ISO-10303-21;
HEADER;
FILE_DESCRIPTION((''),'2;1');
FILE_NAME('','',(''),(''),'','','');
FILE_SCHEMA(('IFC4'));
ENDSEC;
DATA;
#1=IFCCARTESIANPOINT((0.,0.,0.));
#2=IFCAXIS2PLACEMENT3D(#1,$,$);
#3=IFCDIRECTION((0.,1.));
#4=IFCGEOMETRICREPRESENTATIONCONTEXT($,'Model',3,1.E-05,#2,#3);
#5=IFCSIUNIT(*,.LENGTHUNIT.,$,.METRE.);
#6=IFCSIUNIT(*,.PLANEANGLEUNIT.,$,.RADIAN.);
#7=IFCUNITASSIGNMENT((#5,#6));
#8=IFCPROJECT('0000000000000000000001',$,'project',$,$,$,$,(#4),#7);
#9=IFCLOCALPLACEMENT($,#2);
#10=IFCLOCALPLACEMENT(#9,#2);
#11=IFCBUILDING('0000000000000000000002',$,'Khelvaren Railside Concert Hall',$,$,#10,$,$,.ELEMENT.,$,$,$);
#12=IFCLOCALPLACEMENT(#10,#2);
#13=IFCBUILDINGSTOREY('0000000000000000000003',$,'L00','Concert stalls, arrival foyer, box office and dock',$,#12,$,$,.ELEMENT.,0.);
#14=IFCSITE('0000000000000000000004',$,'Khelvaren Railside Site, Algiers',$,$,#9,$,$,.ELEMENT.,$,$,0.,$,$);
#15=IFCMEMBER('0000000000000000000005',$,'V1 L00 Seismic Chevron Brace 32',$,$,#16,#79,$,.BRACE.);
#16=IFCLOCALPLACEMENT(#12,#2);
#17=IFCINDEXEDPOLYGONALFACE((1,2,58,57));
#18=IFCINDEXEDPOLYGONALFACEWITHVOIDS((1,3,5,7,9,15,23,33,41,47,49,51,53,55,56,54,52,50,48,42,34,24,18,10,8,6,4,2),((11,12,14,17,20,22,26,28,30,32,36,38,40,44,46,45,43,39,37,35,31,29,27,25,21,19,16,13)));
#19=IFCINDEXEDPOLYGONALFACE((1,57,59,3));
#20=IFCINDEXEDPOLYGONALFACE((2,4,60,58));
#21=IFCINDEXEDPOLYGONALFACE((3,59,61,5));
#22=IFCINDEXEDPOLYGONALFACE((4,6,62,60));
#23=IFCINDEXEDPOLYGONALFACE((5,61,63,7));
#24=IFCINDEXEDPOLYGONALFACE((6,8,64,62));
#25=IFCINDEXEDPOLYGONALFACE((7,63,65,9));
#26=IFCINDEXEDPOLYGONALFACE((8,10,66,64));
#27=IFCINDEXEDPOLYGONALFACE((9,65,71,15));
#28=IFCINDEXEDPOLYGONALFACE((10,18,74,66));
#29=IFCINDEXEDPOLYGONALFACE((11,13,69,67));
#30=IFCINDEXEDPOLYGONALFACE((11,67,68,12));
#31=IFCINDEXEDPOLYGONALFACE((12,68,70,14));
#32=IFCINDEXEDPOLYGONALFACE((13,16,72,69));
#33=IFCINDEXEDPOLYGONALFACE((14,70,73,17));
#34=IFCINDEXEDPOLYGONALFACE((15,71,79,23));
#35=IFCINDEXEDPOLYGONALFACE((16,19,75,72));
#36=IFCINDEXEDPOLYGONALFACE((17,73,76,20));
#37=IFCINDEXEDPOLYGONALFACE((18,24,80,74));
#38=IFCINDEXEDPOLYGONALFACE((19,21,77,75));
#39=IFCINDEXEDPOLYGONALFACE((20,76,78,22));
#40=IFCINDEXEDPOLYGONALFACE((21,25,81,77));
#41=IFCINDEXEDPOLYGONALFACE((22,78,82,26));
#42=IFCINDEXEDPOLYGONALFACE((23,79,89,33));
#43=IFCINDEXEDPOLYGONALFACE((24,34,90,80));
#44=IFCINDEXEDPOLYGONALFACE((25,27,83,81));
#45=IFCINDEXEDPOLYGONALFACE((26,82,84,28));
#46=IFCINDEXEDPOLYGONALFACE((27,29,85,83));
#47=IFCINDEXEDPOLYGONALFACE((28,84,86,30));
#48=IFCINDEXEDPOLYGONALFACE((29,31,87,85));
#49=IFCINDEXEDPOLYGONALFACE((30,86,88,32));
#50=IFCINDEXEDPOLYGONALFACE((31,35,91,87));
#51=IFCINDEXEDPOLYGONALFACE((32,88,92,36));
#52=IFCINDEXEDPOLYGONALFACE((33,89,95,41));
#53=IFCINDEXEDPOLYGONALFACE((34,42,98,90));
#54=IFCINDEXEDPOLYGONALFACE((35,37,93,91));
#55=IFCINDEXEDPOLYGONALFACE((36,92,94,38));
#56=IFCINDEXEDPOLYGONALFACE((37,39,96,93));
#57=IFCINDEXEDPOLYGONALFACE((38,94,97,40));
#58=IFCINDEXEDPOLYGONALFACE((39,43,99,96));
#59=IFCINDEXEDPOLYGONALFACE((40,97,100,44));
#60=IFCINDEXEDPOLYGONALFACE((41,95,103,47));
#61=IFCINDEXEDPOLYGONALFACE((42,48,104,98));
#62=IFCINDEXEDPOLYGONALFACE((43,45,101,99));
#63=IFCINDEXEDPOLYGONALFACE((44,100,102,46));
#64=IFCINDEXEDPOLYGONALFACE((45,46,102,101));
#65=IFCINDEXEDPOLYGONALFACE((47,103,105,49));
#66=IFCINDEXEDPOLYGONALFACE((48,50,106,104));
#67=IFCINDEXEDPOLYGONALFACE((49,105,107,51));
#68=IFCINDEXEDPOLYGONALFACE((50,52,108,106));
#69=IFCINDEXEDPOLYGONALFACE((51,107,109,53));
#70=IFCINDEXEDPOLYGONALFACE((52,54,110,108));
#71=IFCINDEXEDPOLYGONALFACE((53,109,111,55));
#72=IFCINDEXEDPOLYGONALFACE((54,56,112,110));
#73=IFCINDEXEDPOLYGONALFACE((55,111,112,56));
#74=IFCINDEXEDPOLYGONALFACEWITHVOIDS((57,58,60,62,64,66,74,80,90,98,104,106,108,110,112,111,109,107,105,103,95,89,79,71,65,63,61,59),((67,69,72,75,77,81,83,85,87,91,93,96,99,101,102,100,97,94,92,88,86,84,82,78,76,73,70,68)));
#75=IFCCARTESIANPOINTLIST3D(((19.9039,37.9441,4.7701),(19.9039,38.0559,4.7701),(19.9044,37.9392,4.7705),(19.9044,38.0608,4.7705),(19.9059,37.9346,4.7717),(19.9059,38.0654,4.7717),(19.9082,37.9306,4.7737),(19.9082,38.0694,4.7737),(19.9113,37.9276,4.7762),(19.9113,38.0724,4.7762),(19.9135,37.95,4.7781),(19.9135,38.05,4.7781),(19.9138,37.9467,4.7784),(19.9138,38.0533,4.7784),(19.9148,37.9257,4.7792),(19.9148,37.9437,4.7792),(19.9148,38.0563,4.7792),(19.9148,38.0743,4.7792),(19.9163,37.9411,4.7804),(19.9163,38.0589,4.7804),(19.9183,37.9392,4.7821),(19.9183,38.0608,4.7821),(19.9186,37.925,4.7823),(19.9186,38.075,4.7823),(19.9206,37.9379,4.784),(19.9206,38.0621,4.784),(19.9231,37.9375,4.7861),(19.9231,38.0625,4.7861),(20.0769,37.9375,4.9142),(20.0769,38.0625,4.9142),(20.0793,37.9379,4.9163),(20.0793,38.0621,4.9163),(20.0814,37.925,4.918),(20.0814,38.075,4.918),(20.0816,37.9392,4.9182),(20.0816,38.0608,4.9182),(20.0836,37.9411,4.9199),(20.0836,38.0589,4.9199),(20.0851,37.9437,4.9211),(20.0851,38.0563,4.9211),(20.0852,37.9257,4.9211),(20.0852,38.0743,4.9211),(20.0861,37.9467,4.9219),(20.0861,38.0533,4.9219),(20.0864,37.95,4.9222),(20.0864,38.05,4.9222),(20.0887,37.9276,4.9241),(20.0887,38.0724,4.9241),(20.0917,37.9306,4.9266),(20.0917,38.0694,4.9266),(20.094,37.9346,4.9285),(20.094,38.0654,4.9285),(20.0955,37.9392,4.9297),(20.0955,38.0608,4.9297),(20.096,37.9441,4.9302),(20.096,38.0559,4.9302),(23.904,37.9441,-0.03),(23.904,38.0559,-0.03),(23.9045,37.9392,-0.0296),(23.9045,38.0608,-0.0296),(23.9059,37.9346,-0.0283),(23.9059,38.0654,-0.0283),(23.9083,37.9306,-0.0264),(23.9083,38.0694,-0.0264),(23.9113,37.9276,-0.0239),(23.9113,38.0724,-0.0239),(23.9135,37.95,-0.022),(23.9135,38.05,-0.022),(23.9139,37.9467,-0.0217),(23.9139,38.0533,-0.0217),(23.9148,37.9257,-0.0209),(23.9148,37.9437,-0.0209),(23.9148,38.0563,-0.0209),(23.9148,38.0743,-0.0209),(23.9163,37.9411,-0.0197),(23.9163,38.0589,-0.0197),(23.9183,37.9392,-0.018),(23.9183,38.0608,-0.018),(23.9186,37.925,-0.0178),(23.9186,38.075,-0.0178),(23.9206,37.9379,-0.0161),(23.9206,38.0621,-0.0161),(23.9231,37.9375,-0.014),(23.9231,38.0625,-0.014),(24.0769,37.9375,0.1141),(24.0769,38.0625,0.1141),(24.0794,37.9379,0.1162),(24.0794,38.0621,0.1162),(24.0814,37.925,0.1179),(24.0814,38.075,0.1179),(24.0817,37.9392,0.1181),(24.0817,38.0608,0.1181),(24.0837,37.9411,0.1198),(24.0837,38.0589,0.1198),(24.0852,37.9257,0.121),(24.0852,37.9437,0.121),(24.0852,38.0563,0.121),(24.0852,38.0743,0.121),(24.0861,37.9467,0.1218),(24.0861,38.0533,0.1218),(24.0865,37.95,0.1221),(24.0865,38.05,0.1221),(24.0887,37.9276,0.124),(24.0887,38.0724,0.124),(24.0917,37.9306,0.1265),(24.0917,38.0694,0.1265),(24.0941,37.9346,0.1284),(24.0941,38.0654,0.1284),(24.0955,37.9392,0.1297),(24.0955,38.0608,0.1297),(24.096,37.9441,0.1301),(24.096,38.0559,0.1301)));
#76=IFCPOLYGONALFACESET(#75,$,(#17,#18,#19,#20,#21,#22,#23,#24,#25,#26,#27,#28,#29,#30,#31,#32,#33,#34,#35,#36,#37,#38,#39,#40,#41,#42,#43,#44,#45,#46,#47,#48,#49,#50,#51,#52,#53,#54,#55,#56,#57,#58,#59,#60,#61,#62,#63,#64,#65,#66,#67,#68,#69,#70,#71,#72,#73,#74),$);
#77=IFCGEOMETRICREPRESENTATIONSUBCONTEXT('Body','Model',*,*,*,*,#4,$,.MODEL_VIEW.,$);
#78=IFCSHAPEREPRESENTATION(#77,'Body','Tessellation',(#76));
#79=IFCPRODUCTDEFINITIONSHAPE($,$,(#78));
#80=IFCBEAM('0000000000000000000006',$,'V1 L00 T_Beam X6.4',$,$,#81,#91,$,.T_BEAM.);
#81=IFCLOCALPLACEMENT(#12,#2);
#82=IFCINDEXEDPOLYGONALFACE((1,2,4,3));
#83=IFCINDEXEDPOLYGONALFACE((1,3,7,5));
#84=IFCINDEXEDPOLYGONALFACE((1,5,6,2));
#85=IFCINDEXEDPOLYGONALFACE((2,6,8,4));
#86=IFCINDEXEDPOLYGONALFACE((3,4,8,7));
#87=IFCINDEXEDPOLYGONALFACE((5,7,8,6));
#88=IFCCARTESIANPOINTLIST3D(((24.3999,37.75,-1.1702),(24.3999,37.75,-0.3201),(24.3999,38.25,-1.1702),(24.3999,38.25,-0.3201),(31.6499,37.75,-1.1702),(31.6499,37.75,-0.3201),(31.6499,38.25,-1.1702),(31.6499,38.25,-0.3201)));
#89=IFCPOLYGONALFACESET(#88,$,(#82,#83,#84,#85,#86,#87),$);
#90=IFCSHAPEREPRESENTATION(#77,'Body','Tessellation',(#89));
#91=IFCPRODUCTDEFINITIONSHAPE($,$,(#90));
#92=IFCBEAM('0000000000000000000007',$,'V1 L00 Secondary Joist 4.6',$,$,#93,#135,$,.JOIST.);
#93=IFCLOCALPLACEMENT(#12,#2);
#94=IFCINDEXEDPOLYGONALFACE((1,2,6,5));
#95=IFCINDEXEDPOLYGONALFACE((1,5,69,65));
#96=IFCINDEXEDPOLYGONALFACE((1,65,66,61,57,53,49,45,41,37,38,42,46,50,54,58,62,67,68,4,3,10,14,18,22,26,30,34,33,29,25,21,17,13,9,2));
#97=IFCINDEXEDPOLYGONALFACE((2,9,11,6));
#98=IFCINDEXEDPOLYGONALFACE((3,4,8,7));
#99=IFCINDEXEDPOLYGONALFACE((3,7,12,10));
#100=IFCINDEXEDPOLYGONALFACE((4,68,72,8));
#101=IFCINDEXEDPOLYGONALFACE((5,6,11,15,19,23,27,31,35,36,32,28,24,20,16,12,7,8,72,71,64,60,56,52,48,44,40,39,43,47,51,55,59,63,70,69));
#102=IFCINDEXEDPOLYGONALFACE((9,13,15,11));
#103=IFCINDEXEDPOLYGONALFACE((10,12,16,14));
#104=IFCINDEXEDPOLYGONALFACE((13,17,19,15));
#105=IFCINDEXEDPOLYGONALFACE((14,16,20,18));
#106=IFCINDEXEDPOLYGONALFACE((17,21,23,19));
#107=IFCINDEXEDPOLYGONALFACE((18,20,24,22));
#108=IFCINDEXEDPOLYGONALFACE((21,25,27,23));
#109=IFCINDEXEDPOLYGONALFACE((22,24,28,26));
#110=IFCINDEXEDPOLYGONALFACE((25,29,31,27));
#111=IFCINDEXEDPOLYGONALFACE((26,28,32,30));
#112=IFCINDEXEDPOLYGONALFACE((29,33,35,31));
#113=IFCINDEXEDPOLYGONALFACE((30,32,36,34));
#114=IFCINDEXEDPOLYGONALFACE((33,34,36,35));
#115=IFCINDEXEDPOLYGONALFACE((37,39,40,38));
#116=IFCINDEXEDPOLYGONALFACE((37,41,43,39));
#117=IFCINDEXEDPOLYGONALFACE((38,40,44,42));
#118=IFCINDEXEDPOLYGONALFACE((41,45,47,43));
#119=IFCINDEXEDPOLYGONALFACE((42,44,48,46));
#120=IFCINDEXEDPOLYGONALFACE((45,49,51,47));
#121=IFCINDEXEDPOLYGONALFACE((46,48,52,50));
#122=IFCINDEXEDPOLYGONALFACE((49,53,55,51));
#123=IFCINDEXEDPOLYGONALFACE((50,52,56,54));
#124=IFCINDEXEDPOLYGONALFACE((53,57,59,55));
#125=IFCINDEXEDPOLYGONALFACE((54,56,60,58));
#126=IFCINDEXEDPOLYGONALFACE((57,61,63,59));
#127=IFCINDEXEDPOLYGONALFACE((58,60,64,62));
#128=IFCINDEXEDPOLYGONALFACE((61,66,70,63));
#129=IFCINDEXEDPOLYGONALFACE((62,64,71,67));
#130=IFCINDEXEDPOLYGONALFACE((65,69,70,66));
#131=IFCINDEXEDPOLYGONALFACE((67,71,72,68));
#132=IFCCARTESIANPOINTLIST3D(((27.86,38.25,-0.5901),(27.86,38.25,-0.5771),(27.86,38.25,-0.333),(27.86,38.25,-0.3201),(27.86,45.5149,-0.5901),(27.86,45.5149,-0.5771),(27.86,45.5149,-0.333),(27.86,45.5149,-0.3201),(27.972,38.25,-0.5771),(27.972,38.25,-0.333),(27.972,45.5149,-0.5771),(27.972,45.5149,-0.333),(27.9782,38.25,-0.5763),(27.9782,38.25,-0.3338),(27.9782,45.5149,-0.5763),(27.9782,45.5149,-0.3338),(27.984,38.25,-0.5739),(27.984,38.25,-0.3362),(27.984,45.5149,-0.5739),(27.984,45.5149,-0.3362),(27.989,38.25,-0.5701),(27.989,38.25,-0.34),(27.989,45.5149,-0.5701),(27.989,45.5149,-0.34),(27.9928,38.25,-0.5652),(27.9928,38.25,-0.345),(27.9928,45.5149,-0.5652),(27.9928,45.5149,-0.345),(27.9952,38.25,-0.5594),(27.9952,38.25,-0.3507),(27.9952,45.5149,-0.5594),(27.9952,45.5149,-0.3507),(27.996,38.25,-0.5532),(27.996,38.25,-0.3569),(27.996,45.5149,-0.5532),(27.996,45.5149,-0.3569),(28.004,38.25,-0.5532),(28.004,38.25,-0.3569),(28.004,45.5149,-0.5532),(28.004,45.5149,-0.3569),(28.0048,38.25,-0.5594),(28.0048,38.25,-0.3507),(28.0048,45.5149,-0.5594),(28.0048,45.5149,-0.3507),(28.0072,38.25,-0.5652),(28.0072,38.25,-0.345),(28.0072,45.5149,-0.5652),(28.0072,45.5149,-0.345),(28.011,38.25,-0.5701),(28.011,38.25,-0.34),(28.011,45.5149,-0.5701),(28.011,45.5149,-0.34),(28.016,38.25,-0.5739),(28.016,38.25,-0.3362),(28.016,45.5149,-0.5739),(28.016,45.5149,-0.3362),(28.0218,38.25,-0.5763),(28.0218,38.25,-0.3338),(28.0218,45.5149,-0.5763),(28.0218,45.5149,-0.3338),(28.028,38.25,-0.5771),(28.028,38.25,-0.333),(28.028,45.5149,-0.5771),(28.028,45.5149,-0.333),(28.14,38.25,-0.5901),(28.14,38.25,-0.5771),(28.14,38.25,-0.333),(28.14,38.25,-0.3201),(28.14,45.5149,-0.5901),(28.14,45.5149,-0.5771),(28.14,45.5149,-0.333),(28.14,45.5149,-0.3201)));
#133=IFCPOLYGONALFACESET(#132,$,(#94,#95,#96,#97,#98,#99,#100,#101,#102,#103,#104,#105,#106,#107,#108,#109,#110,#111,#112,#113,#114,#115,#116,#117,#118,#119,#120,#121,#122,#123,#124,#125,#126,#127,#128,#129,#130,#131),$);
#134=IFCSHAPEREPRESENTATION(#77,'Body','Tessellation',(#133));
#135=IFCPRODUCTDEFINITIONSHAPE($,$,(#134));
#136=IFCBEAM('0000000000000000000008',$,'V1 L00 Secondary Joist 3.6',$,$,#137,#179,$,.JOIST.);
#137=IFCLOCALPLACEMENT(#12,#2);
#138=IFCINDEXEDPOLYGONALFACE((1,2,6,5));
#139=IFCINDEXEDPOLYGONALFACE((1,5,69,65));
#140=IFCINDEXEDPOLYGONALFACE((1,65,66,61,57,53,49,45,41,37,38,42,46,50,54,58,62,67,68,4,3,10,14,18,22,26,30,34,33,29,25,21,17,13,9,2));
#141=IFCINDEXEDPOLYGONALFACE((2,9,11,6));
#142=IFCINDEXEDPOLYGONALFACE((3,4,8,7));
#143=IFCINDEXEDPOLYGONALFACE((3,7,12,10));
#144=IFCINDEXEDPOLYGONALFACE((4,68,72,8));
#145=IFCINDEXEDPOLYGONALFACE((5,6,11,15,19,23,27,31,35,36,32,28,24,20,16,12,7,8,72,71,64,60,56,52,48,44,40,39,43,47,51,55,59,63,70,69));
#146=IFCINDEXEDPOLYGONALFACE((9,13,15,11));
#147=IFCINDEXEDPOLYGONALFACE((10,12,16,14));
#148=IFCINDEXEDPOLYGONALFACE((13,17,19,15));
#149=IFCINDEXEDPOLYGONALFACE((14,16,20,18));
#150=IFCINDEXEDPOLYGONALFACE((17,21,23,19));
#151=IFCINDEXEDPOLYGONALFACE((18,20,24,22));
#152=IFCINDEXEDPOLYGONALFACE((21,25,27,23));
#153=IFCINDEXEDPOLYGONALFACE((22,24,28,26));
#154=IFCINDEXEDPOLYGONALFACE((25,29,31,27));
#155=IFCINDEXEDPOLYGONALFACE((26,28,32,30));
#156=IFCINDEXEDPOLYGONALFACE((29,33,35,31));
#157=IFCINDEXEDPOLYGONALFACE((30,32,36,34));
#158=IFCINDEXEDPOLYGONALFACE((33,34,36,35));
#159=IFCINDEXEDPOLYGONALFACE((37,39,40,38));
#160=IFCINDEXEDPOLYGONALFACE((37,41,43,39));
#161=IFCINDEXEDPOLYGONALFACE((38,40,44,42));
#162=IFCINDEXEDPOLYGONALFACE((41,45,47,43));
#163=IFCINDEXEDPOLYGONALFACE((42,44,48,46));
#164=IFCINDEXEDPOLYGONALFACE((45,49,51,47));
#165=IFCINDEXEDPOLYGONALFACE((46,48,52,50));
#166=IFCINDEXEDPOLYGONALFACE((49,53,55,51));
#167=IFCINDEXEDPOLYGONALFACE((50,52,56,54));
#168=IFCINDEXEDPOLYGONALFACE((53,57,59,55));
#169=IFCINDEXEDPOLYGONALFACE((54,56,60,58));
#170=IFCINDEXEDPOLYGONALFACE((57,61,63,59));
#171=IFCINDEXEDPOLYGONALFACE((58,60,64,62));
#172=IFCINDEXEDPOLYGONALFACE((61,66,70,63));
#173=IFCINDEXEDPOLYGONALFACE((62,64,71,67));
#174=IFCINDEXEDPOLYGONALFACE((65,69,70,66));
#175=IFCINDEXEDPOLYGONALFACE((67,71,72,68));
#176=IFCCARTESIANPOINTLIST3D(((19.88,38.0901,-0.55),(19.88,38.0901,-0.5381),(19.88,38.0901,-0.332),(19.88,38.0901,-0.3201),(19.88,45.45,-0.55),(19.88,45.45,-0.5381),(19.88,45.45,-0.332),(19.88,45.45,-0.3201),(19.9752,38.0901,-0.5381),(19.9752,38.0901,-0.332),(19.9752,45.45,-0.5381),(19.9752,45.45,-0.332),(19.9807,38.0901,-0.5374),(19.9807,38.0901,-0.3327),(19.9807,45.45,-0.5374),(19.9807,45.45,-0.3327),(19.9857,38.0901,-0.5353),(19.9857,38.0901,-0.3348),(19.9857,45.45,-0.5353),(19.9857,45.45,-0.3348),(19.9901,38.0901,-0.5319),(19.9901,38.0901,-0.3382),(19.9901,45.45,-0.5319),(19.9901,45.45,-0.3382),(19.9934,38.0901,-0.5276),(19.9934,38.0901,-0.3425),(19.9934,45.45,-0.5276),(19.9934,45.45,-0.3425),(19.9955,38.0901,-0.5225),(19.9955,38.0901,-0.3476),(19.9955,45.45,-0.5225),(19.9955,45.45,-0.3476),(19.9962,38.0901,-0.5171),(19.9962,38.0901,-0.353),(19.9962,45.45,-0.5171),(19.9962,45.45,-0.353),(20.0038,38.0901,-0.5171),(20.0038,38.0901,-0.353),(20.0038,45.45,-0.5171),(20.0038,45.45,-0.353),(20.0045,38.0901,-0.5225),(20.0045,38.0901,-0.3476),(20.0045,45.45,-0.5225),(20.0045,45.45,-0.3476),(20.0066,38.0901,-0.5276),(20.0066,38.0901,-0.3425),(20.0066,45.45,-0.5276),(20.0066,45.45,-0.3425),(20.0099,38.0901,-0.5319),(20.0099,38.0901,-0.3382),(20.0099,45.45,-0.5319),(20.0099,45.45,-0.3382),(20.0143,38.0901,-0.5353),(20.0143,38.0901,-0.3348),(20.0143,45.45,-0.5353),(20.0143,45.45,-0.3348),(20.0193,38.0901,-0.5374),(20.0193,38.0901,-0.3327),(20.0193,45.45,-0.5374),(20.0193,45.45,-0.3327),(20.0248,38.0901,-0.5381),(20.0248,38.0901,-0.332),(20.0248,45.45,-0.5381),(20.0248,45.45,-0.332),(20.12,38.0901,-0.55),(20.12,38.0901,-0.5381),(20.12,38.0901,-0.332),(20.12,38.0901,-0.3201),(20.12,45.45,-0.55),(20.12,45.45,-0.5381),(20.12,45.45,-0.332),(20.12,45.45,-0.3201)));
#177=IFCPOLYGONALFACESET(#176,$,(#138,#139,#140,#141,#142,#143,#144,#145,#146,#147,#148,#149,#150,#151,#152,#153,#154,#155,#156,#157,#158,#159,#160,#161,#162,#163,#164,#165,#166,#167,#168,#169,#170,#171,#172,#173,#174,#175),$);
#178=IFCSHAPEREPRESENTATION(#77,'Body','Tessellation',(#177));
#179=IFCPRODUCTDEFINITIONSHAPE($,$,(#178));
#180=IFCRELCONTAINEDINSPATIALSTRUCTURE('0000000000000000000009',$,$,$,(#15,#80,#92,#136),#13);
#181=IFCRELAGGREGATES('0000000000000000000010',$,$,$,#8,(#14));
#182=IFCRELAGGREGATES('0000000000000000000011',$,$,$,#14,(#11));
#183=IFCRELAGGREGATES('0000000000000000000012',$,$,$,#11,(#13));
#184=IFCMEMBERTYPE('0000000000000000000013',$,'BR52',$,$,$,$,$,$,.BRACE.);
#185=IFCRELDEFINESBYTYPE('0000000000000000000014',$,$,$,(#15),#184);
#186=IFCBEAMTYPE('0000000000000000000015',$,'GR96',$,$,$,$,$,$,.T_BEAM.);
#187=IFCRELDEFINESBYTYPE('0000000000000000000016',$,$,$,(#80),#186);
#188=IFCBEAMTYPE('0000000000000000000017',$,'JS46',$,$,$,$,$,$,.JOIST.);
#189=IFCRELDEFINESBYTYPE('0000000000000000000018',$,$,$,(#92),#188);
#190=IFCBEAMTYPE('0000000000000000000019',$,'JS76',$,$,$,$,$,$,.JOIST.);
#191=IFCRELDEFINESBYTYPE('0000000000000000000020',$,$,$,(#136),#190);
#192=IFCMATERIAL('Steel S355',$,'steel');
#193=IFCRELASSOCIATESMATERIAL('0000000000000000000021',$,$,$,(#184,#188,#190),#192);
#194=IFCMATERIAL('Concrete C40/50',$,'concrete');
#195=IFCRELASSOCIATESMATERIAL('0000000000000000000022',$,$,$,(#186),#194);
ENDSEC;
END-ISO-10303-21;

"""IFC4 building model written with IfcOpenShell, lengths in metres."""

from ifc_helpers import new_model, si_unit, direction, frame, origin, origin_2d, place, context, subcontext, project, spatial, rectangle, hollow_rectangle, i_section, extrude, material, material_profile, profile_set, type_object, element, save


model = new_model("IFC4")

# Units and contexts
model_context = context("Model", 3, precision=1e-05, world=origin(), true_north=direction((0.0, 1.0)))
body_context = subcontext(model_context, "Body", "Model", "MODEL_VIEW")
ifc_project = project(units=[si_unit("LENGTHUNIT", "METRE"), si_unit("PLANEANGLEUNIT", "RADIAN")], contexts=[model_context])

# Site, building, storey
site_placement = place(None, origin())
site = spatial("IfcSite", under=ifc_project, at=site_placement, Name="Khelvaren Railside Site, Algiers", CompositionType="ELEMENT", RefElevation=0.0)
building_placement = place(site_placement, origin())
building = spatial("IfcBuilding", under=site, at=building_placement, Name="Khelvaren Railside Concert Hall", CompositionType="ELEMENT")
storey_placement = place(building_placement, origin())
storey = spatial("IfcBuildingStorey", under=building, at=storey_placement, Name="L00", Description="Concert stalls, arrival foyer, box office and dock", CompositionType="ELEMENT", Elevation=0.0)

# Shared definitions
ifc_material_1 = material(Name="Steel S355", Category="steel")

# Member
ifc_material_profile_1 = material_profile(ifc_material_1, hollow_rectangle(XDim=0.1499, YDim=0.25, WallThickness=0.0125, InnerFilletRadius=0.0125, OuterFilletRadius=0.019, at=origin_2d()), Name="RHS 250x150x12.5")
ifc_profile_set_1 = profile_set([ifc_material_profile_1], Name="Steel S355")
member_type = type_object("IfcMemberType", Name="BR52", PredefinedType="BRACE", material=ifc_profile_set_1)
member_placement = place(storey_placement, frame((24.0, 38.0, 0.05), z_axis=(-0.640181, 0.0, 0.768224), x_axis=(0.0, -1.0, 0.0)))
element("IfcMember", 1, at=member_placement, inside=storey, type_object=member_type, Name="V1 L00 Seismic Chevron Brace 32", PredefinedType="BRACE", context=body_context, shape_type="SweptSolid", body=[
    extrude(hollow_rectangle(XDim=0.1499, YDim=0.25, WallThickness=0.0125, InnerFilletRadius=0.0125, OuterFilletRadius=0.019, at=origin_2d()), origin(), (0.0, 0.0, 1.0), 6.2483),
])

# Beams
ifc_material_2 = material(Name="Concrete C40/50", Category="concrete")
ifc_material_profile_2 = material_profile(ifc_material_2, rectangle(XDim=0.5, YDim=0.8501, at=origin_2d()), Name="RCB 500x850")
ifc_profile_set_2 = profile_set([ifc_material_profile_2], Name="Concrete C40/50")
beam_type_1 = type_object("IfcBeamType", Name="GR96", PredefinedType="T_BEAM", material=ifc_profile_set_2)
beam_1_placement = place(storey_placement, frame((24.3999, 38.0, -0.7451), z_axis=(1.0, 0.0, 0.0), x_axis=(0.0, 1.0, 0.0)))
element("IfcBeam", 2, at=beam_1_placement, inside=storey, type_object=beam_type_1, Name="V1 L00 T_Beam X6.4", PredefinedType="T_BEAM", context=body_context, shape_type="SweptSolid", body=[
    extrude(rectangle(XDim=0.5, YDim=0.8501, at=origin_2d()), origin(), (0.0, 0.0, 1.0), 7.25),
])
ifc_material_profile_3 = material_profile(ifc_material_1, i_section(OverallWidth=0.28, OverallDepth=0.27, WebThickness=0.0081, FlangeThickness=0.0129, FilletRadius=0.0239, at=origin_2d()), Name="HEA 280")
ifc_profile_set_3 = profile_set([ifc_material_profile_3], Name="Steel S355")
beam_type_2 = type_object("IfcBeamType", Name="JS46", PredefinedType="JOIST", material=ifc_profile_set_3)
beam_2_placement = place(storey_placement, frame((28.0, 38.25, -0.4551), z_axis=(0.0, 1.0, 0.0), x_axis=(-1.0, 0.0, 0.0)))
element("IfcBeam", 3, at=beam_2_placement, inside=storey, type_object=beam_type_2, Name="V1 L00 Secondary Joist 4.6", PredefinedType="JOIST", context=body_context, shape_type="SweptSolid", body=[
    extrude(i_section(OverallWidth=0.28, OverallDepth=0.27, WebThickness=0.0081, FlangeThickness=0.0129, FilletRadius=0.0239, at=origin_2d()), origin(), (0.0, 0.0, 1.0), 7.2649),
])
ifc_material_profile_4 = material_profile(ifc_material_1, i_section(OverallWidth=0.24, OverallDepth=0.23, WebThickness=0.0076, FlangeThickness=0.012, FilletRadius=0.021, at=origin_2d()), Name="HEA 240")
ifc_profile_set_4 = profile_set([ifc_material_profile_4], Name="Steel S355")
beam_type_3 = type_object("IfcBeamType", Name="JS76", PredefinedType="JOIST", material=ifc_profile_set_4)
beam_3_placement = place(storey_placement, frame((20.0, 38.0901, -0.4351), z_axis=(0.0, 1.0, 0.0), x_axis=(-1.0, 0.0, 0.0)))
element("IfcBeam", 4, at=beam_3_placement, inside=storey, type_object=beam_type_3, Name="V1 L00 Secondary Joist 3.6", PredefinedType="JOIST", context=body_context, shape_type="SweptSolid", body=[
    extrude(i_section(OverallWidth=0.24, OverallDepth=0.23, WebThickness=0.0076, FlangeThickness=0.012, FilletRadius=0.021, at=origin_2d()), origin(), (0.0, 0.0, 1.0), 7.3599),
])

save(model, "model.ifc")
